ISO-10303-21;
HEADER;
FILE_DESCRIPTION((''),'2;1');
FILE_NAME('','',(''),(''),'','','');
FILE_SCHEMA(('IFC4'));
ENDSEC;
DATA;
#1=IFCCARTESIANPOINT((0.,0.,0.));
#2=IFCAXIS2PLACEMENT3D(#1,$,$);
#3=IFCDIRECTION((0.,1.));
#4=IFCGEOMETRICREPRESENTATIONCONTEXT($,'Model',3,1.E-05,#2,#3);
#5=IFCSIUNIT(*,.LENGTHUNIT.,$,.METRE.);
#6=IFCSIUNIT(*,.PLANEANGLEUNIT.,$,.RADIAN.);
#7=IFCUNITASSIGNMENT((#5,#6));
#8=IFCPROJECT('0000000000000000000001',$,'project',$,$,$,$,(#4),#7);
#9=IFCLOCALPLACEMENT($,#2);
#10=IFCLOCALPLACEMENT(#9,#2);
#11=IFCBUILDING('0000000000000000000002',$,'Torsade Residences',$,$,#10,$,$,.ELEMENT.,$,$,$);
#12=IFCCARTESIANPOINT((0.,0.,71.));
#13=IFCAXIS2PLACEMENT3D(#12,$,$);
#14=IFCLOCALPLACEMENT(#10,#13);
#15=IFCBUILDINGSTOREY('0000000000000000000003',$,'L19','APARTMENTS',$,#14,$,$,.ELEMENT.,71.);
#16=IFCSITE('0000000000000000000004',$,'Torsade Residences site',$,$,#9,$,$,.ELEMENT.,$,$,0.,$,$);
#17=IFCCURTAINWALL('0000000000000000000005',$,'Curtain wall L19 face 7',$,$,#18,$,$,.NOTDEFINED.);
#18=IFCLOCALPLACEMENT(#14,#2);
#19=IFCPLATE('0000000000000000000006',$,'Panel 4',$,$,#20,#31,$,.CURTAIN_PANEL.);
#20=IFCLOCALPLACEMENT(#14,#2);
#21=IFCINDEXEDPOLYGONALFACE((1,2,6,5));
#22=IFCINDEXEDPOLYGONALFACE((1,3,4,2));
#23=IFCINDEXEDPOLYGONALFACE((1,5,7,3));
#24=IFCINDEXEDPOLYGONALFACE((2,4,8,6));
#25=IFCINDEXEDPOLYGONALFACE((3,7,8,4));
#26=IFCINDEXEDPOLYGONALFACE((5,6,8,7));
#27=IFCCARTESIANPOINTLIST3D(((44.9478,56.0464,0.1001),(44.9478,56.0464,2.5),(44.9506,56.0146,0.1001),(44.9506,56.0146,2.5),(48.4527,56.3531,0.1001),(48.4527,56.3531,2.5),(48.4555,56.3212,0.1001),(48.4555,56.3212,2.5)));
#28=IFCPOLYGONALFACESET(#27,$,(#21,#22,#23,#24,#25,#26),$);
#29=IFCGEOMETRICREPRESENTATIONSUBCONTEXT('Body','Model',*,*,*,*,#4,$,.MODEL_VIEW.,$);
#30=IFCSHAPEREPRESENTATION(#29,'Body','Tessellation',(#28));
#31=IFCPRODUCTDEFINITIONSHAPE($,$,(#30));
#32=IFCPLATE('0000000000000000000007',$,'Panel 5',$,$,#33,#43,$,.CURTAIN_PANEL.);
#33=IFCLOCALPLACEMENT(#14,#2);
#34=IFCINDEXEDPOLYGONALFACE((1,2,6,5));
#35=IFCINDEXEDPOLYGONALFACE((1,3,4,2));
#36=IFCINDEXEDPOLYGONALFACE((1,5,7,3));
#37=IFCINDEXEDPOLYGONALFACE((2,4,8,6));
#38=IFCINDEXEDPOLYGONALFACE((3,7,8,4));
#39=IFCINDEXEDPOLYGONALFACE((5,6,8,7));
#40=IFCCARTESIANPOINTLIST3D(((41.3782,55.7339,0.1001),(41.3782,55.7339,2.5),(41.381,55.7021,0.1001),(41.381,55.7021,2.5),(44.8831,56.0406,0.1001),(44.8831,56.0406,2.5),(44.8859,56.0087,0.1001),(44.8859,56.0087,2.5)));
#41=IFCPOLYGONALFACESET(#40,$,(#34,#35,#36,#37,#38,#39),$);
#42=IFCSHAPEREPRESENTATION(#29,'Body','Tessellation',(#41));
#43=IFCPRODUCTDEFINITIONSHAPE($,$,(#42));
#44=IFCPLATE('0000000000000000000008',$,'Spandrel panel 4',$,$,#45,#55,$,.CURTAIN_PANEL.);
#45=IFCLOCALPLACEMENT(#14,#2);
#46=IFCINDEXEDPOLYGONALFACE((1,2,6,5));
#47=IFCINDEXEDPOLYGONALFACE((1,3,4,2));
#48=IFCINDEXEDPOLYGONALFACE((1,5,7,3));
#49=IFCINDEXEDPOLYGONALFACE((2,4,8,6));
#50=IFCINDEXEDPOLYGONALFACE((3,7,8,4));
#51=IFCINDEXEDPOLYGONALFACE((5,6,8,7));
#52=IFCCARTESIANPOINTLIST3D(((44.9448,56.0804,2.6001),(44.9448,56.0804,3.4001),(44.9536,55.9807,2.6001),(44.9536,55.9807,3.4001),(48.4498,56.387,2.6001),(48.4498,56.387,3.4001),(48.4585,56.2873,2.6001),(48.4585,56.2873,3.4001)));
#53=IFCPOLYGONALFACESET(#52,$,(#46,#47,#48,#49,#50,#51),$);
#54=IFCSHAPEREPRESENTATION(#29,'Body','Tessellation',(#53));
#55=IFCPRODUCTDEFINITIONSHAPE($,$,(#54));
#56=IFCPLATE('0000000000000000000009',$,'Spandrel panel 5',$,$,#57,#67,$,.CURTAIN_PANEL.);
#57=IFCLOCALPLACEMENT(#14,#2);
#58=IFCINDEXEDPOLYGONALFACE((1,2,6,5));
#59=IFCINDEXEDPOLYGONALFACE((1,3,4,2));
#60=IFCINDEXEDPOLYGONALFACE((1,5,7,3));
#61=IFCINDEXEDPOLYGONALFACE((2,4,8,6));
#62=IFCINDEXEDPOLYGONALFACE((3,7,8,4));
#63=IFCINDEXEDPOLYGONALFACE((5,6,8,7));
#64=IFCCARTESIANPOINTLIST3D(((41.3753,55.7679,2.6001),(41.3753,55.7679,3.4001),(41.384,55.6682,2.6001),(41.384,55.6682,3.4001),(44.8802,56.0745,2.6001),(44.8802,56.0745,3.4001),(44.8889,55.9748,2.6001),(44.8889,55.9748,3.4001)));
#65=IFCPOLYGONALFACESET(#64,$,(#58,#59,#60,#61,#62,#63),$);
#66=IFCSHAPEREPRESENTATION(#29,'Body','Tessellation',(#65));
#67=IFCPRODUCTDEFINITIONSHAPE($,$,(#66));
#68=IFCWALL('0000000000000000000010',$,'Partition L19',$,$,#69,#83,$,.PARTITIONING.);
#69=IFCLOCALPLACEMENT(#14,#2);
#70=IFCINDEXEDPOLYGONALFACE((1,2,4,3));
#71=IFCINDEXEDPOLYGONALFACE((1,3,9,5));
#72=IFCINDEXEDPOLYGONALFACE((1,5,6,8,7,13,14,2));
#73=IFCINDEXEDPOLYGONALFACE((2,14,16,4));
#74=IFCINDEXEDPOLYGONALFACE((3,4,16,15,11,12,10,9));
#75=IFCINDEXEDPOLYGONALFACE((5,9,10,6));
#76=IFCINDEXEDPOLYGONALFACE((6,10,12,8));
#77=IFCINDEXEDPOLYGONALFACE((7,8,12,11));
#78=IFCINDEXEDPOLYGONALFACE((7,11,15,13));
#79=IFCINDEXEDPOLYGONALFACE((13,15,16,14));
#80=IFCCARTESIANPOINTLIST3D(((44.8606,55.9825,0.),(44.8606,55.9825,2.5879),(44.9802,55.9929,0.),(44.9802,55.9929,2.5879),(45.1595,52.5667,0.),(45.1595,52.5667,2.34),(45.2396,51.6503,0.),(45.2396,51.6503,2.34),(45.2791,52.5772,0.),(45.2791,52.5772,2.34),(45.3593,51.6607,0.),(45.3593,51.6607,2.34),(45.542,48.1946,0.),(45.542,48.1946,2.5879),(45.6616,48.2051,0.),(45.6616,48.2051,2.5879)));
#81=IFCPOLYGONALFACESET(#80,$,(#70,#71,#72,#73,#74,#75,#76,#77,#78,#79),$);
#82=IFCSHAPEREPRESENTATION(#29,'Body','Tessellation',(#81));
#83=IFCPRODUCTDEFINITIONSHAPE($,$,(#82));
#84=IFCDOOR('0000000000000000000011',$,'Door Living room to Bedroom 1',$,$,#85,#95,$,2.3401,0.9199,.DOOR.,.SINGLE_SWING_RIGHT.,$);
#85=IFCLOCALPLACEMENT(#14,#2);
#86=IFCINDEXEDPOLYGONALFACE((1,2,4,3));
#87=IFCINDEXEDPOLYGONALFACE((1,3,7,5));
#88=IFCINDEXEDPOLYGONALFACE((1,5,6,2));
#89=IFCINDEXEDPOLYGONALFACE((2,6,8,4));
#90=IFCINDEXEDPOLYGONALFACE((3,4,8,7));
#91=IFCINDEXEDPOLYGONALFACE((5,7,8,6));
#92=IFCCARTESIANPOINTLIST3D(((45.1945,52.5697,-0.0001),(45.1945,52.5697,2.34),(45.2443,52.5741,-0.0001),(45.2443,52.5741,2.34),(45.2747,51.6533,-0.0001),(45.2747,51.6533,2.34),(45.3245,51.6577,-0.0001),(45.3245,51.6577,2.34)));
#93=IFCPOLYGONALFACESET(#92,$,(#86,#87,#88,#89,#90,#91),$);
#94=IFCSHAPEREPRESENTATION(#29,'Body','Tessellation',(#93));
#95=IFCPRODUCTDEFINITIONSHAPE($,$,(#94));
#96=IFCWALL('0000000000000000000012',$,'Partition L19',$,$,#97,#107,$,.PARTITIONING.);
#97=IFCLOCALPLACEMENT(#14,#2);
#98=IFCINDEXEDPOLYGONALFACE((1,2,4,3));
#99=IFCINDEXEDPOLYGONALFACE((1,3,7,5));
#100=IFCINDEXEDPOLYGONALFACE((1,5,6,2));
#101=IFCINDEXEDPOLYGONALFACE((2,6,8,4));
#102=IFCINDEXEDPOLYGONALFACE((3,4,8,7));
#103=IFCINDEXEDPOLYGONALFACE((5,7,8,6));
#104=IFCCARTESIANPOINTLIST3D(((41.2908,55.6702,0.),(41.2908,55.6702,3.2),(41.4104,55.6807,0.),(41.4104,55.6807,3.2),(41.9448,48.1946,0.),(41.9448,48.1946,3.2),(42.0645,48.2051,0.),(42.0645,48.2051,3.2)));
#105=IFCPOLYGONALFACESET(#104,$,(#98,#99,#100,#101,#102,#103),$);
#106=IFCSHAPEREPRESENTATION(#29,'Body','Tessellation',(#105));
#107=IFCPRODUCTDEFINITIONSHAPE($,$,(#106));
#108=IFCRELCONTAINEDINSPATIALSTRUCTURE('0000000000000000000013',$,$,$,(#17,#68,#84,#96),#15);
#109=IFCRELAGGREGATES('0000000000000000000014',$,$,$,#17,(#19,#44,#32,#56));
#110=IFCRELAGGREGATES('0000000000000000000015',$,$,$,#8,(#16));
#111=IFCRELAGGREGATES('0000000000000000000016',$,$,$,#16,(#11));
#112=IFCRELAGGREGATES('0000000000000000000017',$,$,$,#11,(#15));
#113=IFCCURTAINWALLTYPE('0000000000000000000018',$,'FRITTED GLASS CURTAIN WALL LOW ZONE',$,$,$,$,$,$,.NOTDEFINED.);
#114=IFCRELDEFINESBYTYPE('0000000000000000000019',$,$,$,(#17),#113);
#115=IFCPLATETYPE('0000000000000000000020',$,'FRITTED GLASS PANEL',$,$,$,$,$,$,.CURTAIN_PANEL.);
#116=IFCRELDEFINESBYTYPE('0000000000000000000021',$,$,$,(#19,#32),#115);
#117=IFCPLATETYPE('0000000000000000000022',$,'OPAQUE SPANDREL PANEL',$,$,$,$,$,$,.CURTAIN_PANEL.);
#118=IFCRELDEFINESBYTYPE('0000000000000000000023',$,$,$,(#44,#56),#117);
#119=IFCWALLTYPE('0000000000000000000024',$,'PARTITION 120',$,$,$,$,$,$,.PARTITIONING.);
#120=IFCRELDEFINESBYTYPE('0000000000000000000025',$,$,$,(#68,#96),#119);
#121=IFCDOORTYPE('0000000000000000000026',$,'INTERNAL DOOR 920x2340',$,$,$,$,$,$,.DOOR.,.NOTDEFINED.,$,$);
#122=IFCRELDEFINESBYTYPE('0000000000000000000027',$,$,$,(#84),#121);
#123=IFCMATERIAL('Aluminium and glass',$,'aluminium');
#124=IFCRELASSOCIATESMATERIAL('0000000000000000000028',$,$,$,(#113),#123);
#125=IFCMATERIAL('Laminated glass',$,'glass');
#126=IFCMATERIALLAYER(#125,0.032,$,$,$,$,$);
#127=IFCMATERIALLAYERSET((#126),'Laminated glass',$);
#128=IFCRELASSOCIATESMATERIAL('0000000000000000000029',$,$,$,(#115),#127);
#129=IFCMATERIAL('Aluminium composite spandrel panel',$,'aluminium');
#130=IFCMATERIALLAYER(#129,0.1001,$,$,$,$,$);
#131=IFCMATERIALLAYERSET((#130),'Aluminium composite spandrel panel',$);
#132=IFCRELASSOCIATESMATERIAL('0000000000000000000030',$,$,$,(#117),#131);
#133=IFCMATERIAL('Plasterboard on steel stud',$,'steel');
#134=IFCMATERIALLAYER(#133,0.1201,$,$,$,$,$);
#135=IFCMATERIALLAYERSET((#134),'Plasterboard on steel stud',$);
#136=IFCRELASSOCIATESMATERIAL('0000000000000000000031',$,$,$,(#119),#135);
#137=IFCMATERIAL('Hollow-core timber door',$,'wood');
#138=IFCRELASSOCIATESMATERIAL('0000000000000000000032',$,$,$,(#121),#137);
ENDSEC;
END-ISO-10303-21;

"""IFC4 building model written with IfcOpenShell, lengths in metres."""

from ifc_helpers import new_model, si_unit, direction, frame, frame_2d, origin, origin_2d, place, context, subcontext, project, spatial, rectangle, extrude, material, layer, layer_set, type_object, element, fill, aggregate, save


model = new_model("IFC4")

# Units and contexts
model_context = context("Model", 3, precision=1e-05, world=origin(), true_north=direction((0.0, 1.0)))
body_context = subcontext(model_context, "Body", "Model", "MODEL_VIEW")
ifc_project = project(units=[si_unit("LENGTHUNIT", "METRE"), si_unit("PLANEANGLEUNIT", "RADIAN")], contexts=[model_context])

# Site, building, storey
site_placement = place(None, origin())
site = spatial("IfcSite", under=ifc_project, at=site_placement, Name="Torsade Residences site", CompositionType="ELEMENT", RefElevation=0.0)
building_placement = place(site_placement, origin())
building = spatial("IfcBuilding", under=site, at=building_placement, Name="Torsade Residences", CompositionType="ELEMENT")
storey_placement = place(building_placement, frame((0.0, 0.0, 71.0)))
storey = spatial("IfcBuildingStorey", under=building, at=storey_placement, Name="L19", Description="APARTMENTS", CompositionType="ELEMENT", Elevation=71.0)

# Curtain wall
ifc_material_1 = material(Name="Aluminium and glass", Category="aluminium")
curtain_wall_type = type_object("IfcCurtainWallType", Name="FRITTED GLASS CURTAIN WALL LOW ZONE", PredefinedType="NOTDEFINED", material=ifc_material_1)
curtain_wall_placement = place(storey_placement, origin())
curtain_wall = element("IfcCurtainWall", 1, at=curtain_wall_placement, inside=storey, type_object=curtain_wall_type, Name="Curtain wall L19 face 7", PredefinedType="NOTDEFINED")

# Plates
ifc_material_2 = material(Name="Laminated glass", Category="glass")
ifc_layer_1 = layer(ifc_material_2, 0.032)
ifc_layer_set_1 = layer_set([ifc_layer_1], Name="Laminated glass")
plate_type_1 = type_object("IfcPlateType", Name="FRITTED GLASS PANEL", PredefinedType="CURTAIN_PANEL", material=ifc_layer_set_1)
plate_1_placement = place(storey_placement, frame((46.7017, 56.1838, 0.1001), z_axis=(0.0, 0.0, 1.0), x_axis=(-0.996195, -0.087156, 0.0)))
plate_1 = element("IfcPlate", 2, at=plate_1_placement, type_object=plate_type_1, Name="Panel 4", PredefinedType="CURTAIN_PANEL", context=body_context, shape_type="SweptSolid", body=[
    extrude(rectangle(XDim=3.5183, YDim=0.032, at=origin_2d()), origin(), (0.0, 0.0, 1.0), 2.3999),
])
plate_2_placement = place(storey_placement, frame((43.1321, 55.8713, 0.1001), z_axis=(0.0, 0.0, 1.0), x_axis=(-0.996195, -0.087156, 0.0)))
plate_2 = element("IfcPlate", 3, at=plate_2_placement, type_object=plate_type_1, Name="Panel 5", PredefinedType="CURTAIN_PANEL", context=body_context, shape_type="SweptSolid", body=[
    extrude(rectangle(XDim=3.5183, YDim=0.032, at=origin_2d()), origin(), (0.0, 0.0, 1.0), 2.3999),
])
ifc_material_3 = material(Name="Aluminium composite spandrel panel", Category="aluminium")
ifc_layer_2 = layer(ifc_material_3, 0.1001)
ifc_layer_set_2 = layer_set([ifc_layer_2], Name="Aluminium composite spandrel panel")
plate_type_2 = type_object("IfcPlateType", Name="OPAQUE SPANDREL PANEL", PredefinedType="CURTAIN_PANEL", material=ifc_layer_set_2)
plate_3_placement = place(storey_placement, frame((46.7017, 56.1838, 2.6001), z_axis=(0.0, 0.0, 1.0), x_axis=(-0.996195, -0.087156, 0.0)))
plate_3 = element("IfcPlate", 4, at=plate_3_placement, type_object=plate_type_2, Name="Spandrel panel 4", PredefinedType="CURTAIN_PANEL", context=body_context, shape_type="SweptSolid", body=[
    extrude(rectangle(XDim=3.5183, YDim=0.1001, at=origin_2d()), origin(), (0.0, 0.0, 1.0), 0.8),
])
plate_4_placement = place(storey_placement, frame((43.1321, 55.8713, 2.6001), z_axis=(0.0, 0.0, 1.0), x_axis=(-0.996195, -0.087156, 0.0)))
plate_4 = element("IfcPlate", 5, at=plate_4_placement, type_object=plate_type_2, Name="Spandrel panel 5", PredefinedType="CURTAIN_PANEL", context=body_context, shape_type="SweptSolid", body=[
    extrude(rectangle(XDim=3.5183, YDim=0.1001, at=origin_2d()), origin(), (0.0, 0.0, 1.0), 0.8),
])
aggregate(curtain_wall, [plate_1, plate_3, plate_2, plate_4])

# Wall, opening, door
ifc_material_4 = material(Name="Plasterboard on steel stud", Category="steel")
ifc_layer_3 = layer(ifc_material_4, 0.1201)
ifc_layer_set_3 = layer_set([ifc_layer_3], Name="Plasterboard on steel stud")
wall_type = type_object("IfcWallType", Name="PARTITION 120", PredefinedType="PARTITIONING", material=ifc_layer_set_3)
wall_1_placement = place(storey_placement, frame((45.6018, 48.2, 0.0), z_axis=(0.0, 0.0, 1.0), x_axis=(-0.087162, 0.996194, 0.0)))
wall_1 = element("IfcWall", 6, at=wall_1_placement, inside=storey, type_object=wall_type, Name="Partition L19", PredefinedType="PARTITIONING", context=body_context, shape_type="SweptSolid", body=[
    extrude(rectangle(XDim=7.8176, YDim=0.1201, at=frame_2d((3.9087, 0.0))), origin(), (0.0, 0.0, 1.0), 2.5879),
])
opening_placement = place(wall_1_placement, frame((3.4688, 0.0, 0.0)))
opening = element("IfcOpeningElement", 7, at=opening_placement, cuts=wall_1, PredefinedType="OPENING", context=body_context, shape_type="SweptSolid", body=[
    extrude(rectangle(XDim=0.9199, YDim=2.3401, at=frame_2d((0.46, 1.1699))), frame((0.0, 0.0701, 0.0), z_axis=(0.0, -1.0, 0.0), x_axis=(1.0, 0.0, 0.0)), (0.0, 0.0, 1.0), 0.1401),
])
ifc_material_5 = material(Name="Hollow-core timber door", Category="wood")
door_type = type_object("IfcDoorType", Name="INTERNAL DOOR 920x2340", OperationType="NOTDEFINED", PredefinedType="DOOR", material=ifc_material_5)
door_placement = place(opening_placement, origin())
door = element("IfcDoor", 8, at=door_placement, inside=storey, type_object=door_type, Name="Door Living room to Bedroom 1", OperationType="SINGLE_SWING_RIGHT", OverallHeight=2.3401, OverallWidth=0.9199, PredefinedType="DOOR", context=body_context, shape_type="SweptSolid", body=[
    extrude(rectangle(XDim=0.9199, YDim=2.3401, at=frame_2d((0.46, 1.1699))), frame((0.0, 0.0249, 0.0), z_axis=(0.0, -1.0, 0.0), x_axis=(1.0, 0.0, 0.0)), (0.0, 0.0, 1.0), 0.05),
])
fill(opening, door)

# Wall
wall_2_placement = place(storey_placement, frame((42.0046, 48.2, 0.0), z_axis=(0.0, 0.0, 1.0), x_axis=(-0.087159, 0.996194, 0.0)))
element("IfcWall", 9, at=wall_2_placement, inside=storey, type_object=wall_type, Name="Partition L19", PredefinedType="PARTITIONING", context=body_context, shape_type="SweptSolid", body=[
    extrude(rectangle(XDim=7.5042, YDim=0.1201, at=frame_2d((3.752, 0.0))), origin(), (0.0, 0.0, 1.0), 3.2),
])

save(model, "model.ifc")
